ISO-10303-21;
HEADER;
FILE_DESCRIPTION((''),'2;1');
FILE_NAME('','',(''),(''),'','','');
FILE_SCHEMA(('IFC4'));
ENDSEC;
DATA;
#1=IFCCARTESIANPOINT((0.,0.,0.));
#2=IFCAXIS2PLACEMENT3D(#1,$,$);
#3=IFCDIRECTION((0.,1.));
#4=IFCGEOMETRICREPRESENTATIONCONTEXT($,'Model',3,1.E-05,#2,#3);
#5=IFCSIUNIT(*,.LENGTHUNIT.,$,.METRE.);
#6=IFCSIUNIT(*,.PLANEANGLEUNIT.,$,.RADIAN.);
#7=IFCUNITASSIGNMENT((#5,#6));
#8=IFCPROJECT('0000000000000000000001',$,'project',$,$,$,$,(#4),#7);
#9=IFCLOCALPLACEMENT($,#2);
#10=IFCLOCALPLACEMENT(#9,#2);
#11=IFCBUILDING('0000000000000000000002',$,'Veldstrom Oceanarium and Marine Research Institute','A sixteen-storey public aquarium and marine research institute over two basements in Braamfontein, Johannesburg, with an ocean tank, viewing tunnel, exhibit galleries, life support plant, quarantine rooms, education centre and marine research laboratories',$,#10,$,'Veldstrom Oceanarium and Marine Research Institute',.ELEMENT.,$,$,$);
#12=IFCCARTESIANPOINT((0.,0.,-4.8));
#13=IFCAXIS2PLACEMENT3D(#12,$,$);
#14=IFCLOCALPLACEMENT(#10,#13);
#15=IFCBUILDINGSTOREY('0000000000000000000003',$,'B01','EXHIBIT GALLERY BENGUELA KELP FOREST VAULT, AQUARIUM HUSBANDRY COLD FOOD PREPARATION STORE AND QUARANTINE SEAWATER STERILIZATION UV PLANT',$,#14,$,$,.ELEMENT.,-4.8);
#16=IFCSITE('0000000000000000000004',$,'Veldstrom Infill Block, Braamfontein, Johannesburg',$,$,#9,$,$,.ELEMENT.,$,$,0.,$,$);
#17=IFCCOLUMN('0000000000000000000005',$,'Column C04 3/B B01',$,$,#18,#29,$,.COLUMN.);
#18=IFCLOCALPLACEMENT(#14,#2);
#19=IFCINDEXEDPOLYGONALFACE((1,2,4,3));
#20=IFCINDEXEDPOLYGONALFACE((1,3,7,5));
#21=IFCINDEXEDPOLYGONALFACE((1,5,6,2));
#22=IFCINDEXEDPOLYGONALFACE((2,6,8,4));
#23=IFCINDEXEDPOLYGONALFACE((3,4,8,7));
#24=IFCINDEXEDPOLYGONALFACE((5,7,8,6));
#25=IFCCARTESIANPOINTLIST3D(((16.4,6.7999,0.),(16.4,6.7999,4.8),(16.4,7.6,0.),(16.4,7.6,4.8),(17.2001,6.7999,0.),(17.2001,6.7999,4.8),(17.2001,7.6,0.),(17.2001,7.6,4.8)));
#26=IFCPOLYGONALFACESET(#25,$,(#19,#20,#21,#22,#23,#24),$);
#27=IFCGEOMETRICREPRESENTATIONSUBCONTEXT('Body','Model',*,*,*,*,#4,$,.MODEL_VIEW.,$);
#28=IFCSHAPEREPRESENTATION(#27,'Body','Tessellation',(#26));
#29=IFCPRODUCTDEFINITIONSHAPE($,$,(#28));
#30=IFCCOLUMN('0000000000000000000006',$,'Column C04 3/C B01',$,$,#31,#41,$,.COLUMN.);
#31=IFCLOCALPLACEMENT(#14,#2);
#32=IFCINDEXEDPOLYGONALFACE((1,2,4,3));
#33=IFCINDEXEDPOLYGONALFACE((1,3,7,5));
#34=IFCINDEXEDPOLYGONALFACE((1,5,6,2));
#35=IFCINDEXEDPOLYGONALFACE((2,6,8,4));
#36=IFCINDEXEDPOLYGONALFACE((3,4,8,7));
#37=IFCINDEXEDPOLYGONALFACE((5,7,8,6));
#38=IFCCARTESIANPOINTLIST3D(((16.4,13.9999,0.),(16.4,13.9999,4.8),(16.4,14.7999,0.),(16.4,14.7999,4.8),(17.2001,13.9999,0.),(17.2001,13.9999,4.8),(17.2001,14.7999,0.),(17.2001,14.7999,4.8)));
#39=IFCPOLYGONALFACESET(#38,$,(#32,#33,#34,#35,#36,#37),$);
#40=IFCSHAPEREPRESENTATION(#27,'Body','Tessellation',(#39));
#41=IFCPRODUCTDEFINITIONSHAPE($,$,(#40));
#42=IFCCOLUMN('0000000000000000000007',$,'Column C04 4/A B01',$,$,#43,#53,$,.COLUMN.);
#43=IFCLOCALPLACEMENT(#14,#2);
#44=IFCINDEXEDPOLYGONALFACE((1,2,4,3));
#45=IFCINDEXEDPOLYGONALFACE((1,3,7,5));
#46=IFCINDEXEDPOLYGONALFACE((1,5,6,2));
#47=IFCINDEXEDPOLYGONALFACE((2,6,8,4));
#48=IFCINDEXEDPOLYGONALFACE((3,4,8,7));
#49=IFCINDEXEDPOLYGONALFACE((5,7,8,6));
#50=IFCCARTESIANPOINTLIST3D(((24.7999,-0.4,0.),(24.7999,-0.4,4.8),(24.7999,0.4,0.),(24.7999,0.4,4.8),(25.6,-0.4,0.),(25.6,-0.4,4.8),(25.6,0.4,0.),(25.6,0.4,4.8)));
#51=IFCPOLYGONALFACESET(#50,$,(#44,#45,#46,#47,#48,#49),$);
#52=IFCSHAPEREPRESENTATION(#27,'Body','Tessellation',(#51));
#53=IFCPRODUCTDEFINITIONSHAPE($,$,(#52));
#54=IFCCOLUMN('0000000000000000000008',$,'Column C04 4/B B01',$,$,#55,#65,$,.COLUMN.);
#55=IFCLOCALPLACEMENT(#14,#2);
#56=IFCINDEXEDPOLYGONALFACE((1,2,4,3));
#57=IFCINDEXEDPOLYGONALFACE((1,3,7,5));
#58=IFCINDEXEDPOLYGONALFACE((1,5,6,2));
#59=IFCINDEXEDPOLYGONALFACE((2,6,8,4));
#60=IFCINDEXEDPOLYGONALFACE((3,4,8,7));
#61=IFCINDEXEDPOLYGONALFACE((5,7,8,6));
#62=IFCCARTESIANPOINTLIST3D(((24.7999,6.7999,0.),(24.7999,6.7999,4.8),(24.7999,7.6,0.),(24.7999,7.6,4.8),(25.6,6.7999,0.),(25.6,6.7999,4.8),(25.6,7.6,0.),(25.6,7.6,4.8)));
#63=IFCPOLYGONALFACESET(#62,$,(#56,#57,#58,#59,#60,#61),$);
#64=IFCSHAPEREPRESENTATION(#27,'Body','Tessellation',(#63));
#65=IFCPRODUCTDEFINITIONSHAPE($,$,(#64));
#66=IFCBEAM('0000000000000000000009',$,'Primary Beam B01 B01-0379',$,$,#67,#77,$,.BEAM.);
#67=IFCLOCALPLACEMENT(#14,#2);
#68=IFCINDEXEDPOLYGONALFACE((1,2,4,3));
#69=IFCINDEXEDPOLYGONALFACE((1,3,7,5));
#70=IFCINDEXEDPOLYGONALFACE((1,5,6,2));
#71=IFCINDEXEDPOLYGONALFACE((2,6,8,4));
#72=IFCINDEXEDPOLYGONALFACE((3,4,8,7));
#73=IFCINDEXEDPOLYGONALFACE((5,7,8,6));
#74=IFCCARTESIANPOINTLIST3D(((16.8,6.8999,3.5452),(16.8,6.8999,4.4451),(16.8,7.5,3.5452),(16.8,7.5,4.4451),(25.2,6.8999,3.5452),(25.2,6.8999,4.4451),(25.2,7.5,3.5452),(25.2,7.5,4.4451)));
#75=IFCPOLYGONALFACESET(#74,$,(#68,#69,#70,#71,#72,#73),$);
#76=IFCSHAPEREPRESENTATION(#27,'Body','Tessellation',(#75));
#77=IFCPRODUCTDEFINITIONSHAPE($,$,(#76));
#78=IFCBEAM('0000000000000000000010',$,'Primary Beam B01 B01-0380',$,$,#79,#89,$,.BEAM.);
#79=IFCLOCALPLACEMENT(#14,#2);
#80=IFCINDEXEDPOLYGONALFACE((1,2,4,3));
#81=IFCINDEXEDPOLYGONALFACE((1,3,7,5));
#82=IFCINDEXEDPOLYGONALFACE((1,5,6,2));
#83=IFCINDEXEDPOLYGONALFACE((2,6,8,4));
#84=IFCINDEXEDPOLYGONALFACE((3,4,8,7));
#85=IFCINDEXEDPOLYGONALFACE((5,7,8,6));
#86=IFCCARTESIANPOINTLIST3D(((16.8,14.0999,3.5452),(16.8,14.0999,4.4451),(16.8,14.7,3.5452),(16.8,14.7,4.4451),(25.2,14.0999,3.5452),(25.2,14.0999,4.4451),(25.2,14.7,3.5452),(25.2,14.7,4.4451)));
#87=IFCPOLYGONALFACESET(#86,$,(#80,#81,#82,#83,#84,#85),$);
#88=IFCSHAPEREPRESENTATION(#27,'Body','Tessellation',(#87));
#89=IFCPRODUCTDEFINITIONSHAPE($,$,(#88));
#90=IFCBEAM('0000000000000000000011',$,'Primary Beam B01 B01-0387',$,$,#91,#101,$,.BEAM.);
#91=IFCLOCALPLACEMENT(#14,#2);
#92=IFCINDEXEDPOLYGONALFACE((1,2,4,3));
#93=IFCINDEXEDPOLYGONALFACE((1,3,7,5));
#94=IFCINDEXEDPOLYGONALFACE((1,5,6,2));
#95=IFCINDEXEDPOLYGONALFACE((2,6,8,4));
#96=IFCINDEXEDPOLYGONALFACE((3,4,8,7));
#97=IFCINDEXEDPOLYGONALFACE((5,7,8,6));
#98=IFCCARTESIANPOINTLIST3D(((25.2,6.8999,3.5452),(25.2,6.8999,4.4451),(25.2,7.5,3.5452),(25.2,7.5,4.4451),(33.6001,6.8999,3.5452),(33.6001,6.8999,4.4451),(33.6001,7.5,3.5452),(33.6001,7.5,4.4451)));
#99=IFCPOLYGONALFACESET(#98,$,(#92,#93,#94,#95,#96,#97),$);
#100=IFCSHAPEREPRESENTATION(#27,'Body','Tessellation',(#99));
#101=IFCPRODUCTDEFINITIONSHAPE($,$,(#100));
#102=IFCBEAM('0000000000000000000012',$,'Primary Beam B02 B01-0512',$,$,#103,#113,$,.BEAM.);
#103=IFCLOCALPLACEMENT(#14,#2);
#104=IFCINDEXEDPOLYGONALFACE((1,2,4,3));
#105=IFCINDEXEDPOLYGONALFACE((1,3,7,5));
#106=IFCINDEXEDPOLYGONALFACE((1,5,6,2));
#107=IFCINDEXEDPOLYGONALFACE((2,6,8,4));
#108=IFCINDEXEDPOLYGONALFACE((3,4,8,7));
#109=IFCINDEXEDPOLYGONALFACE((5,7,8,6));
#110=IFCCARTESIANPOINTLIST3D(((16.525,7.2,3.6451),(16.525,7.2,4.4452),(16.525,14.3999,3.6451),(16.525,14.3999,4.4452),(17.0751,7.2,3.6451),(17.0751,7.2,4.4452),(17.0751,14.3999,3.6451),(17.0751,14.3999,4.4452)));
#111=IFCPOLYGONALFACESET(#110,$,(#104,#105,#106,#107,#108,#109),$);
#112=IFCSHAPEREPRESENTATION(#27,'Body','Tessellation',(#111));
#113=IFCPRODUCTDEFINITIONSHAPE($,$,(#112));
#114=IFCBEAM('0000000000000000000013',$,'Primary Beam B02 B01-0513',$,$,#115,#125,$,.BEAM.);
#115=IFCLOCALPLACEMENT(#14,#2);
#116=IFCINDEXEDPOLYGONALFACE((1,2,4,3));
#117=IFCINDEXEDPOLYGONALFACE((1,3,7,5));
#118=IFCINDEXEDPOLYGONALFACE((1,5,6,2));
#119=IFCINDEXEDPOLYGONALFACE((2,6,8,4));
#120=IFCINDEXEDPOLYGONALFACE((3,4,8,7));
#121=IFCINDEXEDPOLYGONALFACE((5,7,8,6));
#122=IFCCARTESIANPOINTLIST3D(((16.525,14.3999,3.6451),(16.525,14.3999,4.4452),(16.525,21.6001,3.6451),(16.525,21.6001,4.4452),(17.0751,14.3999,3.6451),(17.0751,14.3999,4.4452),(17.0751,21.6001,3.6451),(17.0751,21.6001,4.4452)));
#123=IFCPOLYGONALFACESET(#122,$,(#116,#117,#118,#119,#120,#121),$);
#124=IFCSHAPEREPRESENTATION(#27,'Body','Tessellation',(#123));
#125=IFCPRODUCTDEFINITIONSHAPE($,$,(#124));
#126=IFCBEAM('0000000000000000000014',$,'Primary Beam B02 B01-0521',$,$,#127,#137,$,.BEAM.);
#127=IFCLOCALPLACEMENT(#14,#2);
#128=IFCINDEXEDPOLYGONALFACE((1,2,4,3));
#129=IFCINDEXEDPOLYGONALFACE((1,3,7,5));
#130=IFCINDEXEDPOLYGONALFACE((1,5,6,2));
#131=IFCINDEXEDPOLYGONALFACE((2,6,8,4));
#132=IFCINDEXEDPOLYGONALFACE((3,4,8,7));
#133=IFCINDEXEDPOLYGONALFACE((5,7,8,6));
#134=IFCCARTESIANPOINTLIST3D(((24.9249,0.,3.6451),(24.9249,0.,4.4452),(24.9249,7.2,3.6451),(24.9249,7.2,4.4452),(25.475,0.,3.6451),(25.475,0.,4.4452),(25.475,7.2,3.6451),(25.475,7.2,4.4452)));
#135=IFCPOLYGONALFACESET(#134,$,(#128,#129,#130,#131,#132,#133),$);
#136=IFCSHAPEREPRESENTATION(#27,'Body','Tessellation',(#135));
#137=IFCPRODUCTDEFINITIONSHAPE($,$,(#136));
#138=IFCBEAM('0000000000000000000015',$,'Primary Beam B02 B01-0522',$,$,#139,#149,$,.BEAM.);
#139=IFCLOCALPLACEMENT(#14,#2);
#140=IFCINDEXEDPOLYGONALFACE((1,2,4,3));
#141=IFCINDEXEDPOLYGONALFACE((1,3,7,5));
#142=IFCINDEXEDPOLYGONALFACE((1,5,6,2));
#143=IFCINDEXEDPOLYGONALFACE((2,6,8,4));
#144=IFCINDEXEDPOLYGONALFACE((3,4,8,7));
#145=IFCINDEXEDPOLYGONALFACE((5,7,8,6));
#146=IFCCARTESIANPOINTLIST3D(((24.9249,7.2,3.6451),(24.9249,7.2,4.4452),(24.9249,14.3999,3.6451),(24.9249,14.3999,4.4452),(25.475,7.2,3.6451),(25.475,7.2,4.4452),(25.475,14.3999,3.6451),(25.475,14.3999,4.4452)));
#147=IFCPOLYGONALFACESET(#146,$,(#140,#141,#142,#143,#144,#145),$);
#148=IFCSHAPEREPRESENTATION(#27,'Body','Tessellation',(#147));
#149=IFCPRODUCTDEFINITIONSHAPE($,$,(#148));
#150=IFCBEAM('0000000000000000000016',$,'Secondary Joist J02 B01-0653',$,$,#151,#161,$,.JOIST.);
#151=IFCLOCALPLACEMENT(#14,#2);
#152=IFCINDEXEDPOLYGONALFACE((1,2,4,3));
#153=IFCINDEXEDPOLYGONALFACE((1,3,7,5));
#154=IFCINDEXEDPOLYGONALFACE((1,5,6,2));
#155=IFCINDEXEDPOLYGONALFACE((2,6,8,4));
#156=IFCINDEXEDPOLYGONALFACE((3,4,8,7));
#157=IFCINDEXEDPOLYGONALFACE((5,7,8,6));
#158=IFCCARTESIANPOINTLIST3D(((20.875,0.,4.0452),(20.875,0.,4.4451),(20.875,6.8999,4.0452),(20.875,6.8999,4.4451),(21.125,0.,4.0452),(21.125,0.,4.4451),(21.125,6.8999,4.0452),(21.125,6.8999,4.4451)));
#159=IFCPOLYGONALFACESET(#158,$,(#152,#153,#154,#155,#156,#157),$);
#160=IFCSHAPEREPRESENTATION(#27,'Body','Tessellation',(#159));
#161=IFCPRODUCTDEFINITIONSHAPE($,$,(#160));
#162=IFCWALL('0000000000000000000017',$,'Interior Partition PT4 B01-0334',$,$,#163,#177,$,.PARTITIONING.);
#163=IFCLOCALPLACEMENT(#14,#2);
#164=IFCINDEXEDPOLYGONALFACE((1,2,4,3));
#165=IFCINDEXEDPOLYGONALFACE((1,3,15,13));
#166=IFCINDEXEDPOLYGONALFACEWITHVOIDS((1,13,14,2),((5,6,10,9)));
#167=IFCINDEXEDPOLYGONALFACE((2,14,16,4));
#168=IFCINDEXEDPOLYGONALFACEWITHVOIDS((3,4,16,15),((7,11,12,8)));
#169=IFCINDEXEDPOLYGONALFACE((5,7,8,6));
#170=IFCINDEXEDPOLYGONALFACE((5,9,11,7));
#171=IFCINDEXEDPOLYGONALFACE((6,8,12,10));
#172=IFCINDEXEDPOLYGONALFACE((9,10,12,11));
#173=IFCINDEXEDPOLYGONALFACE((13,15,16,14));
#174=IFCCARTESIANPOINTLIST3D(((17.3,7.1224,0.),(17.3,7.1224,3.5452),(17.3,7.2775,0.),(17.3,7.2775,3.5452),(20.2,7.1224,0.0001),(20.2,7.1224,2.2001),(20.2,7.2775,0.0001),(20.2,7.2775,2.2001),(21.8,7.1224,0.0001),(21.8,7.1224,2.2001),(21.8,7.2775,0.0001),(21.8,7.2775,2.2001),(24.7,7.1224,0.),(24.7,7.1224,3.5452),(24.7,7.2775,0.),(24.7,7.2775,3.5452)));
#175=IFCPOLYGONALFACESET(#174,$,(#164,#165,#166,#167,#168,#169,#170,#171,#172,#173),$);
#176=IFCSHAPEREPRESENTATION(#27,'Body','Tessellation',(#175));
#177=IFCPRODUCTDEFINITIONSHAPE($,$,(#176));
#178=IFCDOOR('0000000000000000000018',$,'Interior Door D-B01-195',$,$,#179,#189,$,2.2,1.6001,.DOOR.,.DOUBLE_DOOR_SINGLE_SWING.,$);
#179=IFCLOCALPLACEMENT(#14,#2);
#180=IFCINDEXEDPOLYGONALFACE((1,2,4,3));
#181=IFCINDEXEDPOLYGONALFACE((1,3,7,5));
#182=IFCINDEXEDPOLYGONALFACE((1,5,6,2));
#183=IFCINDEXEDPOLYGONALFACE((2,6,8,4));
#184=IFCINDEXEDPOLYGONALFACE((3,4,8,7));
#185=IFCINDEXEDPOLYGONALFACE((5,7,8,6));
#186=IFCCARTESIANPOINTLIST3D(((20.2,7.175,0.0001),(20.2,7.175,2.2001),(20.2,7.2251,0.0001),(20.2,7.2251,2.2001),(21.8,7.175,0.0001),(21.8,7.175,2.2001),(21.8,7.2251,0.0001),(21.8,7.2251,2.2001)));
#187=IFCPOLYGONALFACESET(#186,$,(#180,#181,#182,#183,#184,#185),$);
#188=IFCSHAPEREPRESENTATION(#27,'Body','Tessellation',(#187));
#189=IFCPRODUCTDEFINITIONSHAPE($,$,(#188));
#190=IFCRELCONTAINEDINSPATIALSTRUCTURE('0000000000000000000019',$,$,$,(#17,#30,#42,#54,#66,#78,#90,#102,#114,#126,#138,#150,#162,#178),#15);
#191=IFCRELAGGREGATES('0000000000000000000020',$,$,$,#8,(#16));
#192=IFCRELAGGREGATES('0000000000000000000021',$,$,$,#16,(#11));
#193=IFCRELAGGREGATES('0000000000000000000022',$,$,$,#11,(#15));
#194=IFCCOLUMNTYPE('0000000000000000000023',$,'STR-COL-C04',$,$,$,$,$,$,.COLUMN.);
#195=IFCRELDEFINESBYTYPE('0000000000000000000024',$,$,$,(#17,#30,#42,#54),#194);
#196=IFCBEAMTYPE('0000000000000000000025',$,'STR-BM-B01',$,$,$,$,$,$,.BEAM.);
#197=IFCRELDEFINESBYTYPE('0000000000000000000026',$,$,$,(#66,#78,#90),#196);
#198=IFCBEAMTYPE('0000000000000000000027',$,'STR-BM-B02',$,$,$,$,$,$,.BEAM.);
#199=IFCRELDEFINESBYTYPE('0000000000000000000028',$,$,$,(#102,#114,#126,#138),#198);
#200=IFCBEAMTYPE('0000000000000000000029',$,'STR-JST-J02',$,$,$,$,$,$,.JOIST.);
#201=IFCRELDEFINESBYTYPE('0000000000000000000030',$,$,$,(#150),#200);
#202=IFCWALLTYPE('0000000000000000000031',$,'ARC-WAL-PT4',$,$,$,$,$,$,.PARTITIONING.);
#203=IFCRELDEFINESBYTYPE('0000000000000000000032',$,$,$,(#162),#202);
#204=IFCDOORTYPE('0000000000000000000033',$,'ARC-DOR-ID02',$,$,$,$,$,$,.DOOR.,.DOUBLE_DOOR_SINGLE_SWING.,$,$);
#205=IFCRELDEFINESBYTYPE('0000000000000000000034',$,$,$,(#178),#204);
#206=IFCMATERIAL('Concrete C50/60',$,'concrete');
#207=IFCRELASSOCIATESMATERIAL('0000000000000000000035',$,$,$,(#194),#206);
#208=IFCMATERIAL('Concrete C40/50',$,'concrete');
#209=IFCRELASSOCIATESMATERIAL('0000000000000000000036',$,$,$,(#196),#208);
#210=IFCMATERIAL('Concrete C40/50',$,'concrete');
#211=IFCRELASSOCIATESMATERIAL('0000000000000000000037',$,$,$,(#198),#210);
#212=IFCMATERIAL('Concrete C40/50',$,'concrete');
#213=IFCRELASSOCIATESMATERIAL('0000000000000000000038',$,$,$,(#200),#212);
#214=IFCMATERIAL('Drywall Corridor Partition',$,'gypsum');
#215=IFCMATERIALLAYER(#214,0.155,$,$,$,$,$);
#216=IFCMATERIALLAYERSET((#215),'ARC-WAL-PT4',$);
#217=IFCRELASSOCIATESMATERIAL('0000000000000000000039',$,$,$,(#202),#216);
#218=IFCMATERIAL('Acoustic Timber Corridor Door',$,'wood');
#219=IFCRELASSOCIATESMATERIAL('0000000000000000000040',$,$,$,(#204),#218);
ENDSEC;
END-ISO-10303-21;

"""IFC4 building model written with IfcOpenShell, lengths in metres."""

from ifc_helpers import new_model, si_unit, direction, frame, frame_2d, origin, origin_2d, place, context, subcontext, project, spatial, rectangle, extrude, material, layer, layer_set, material_profile, profile_set, type_object, element, fill, save


model = new_model("IFC4")

# Units and contexts
model_context = context("Model", 3, precision=1e-05, world=origin(), true_north=direction((0.0, 1.0)))
body_context = subcontext(model_context, "Body", "Model", "MODEL_VIEW")
ifc_project = project(units=[si_unit("LENGTHUNIT", "METRE"), si_unit("PLANEANGLEUNIT", "RADIAN")], contexts=[model_context])

# Site, building, storey
site_placement = place(None, origin())
site = spatial("IfcSite", under=ifc_project, at=site_placement, Name="Veldstrom Infill Block, Braamfontein, Johannesburg", CompositionType="ELEMENT", RefElevation=0.0)
building_placement = place(site_placement, origin())
building = spatial("IfcBuilding", under=site, at=building_placement, Name="Veldstrom Oceanarium and Marine Research Institute", Description="A sixteen-storey public aquarium and marine research institute over two basements in Braamfontein, Johannesburg, with an ocean tank, viewing tunnel, exhibit galleries, life support plant, quarantine rooms, education centre and marine research laboratories", LongName="Veldstrom Oceanarium and Marine Research Institute", CompositionType="ELEMENT")
storey_placement = place(building_placement, frame((0.0, 0.0, -4.8)))
storey = spatial("IfcBuildingStorey", under=building, at=storey_placement, Name="B01", Description="EXHIBIT GALLERY BENGUELA KELP FOREST VAULT, AQUARIUM HUSBANDRY COLD FOOD PREPARATION STORE AND QUARANTINE SEAWATER STERILIZATION UV PLANT", CompositionType="ELEMENT", Elevation=-4.8)

# Columns
ifc_material_1 = material(Name="Concrete C50/60", Category="concrete")
ifc_material_profile_1 = material_profile(ifc_material_1, rectangle(XDim=0.8, YDim=0.8, at=origin_2d()), Name="RC-COL-800x800")
ifc_profile_set_1 = profile_set([ifc_material_profile_1], Name="Concrete C50/60")
column_type = type_object("IfcColumnType", Name="STR-COL-C04", PredefinedType="COLUMN", material=ifc_profile_set_1)
for number, where, z_axis, x_axis, name in (
    (1, (16.8, 7.2, 0.0), (0.0, 0.0, 1.0), (1.0, 0.0, 0.0), "Column C04 3/B B01"),
    (2, (16.8, 14.3999, 0.0), (0.0, 0.0, 1.0), (1.0, 0.0, 0.0), "Column C04 3/C B01"),
    (3, (25.2, 0.0, 0.0), (0.0, 0.0, 1.0), (1.0, 0.0, 0.0), "Column C04 4/A B01"),
    (4, (25.2, 7.2, 0.0), (0.0, 0.0, 1.0), (1.0, 0.0, 0.0), "Column C04 4/B B01"),
):
    element("IfcColumn", number, at=place(storey_placement, frame(where, z_axis=z_axis, x_axis=x_axis)), inside=storey, type_object=column_type, Name=name, PredefinedType="COLUMN", context=body_context, shape_type="SweptSolid", body=[
        extrude(rectangle(XDim=0.8, YDim=0.8, at=origin_2d()), origin(), (0.0, 0.0, 1.0), 4.8),
    ])

# Beams
ifc_material_2 = material(Name="Concrete C40/50", Category="concrete")
ifc_material_profile_2 = material_profile(ifc_material_2, rectangle(XDim=0.6001, YDim=0.8999, at=origin_2d()), Name="RC-BM-600x900")
ifc_profile_set_2 = profile_set([ifc_material_profile_2], Name="Concrete C40/50")
beam_type_1 = type_object("IfcBeamType", Name="STR-BM-B01", PredefinedType="BEAM", material=ifc_profile_set_2)
for number, where, z_axis, x_axis, name in (
    (5, (16.8, 7.2, 3.9951), (1.0, 0.0, 0.0), (0.0, 1.0, 0.0), "Primary Beam B01 B01-0379"),
    (6, (16.8, 14.3999, 3.9951), (1.0, 0.0, 0.0), (0.0, 1.0, 0.0), "Primary Beam B01 B01-0380"),
):
    element("IfcBeam", number, at=place(storey_placement, frame(where, z_axis=z_axis, x_axis=x_axis)), inside=storey, type_object=beam_type_1, Name=name, PredefinedType="BEAM", context=body_context, shape_type="SweptSolid", body=[
        extrude(rectangle(XDim=0.6001, YDim=0.8999, at=origin_2d()), origin(), (0.0, 0.0, 1.0), 8.3999),
    ])
beam_1_placement = place(storey_placement, frame((25.2, 7.2, 3.9951), z_axis=(1.0, 0.0, 0.0), x_axis=(0.0, 1.0, 0.0)))
element("IfcBeam", 7, at=beam_1_placement, inside=storey, type_object=beam_type_1, Name="Primary Beam B01 B01-0387", PredefinedType="BEAM", context=body_context, shape_type="SweptSolid", body=[
    extrude(rectangle(XDim=0.6001, YDim=0.8999, at=origin_2d()), origin(), (0.0, 0.0, 1.0), 8.4001),
])
ifc_material_3 = material(Name="Concrete C40/50", Category="concrete")
ifc_material_profile_3 = material_profile(ifc_material_3, rectangle(XDim=0.55, YDim=0.8, at=origin_2d()), Name="RC-BM-550x800")
ifc_profile_set_3 = profile_set([ifc_material_profile_3], Name="Concrete C40/50")
beam_type_2 = type_object("IfcBeamType", Name="STR-BM-B02", PredefinedType="BEAM", material=ifc_profile_set_3)
beam_2_placement = place(storey_placement, frame((16.8, 7.2, 4.0452), z_axis=(0.0, 1.0, 0.0), x_axis=(-1.0, 0.0, 0.0)))
element("IfcBeam", 8, at=beam_2_placement, inside=storey, type_object=beam_type_2, Name="Primary Beam B02 B01-0512", PredefinedType="BEAM", context=body_context, shape_type="SweptSolid", body=[
    extrude(rectangle(XDim=0.55, YDim=0.8, at=origin_2d()), origin(), (0.0, 0.0, 1.0), 7.2),
])
beam_3_placement = place(storey_placement, frame((16.8, 14.3999, 4.0452), z_axis=(0.0, 1.0, 0.0), x_axis=(-1.0, 0.0, 0.0)))
element("IfcBeam", 9, at=beam_3_placement, inside=storey, type_object=beam_type_2, Name="Primary Beam B02 B01-0513", PredefinedType="BEAM", context=body_context, shape_type="SweptSolid", body=[
    extrude(rectangle(XDim=0.55, YDim=0.8, at=origin_2d()), origin(), (0.0, 0.0, 1.0), 7.2002),
])
for number, where, z_axis, x_axis, name in (
    (10, (25.2, 0.0, 4.0452), (0.0, 1.0, 0.0), (-1.0, 0.0, 0.0), "Primary Beam B02 B01-0521"),
    (11, (25.2, 7.2, 4.0452), (0.0, 1.0, 0.0), (-1.0, 0.0, 0.0), "Primary Beam B02 B01-0522"),
):
    element("IfcBeam", number, at=place(storey_placement, frame(where, z_axis=z_axis, x_axis=x_axis)), inside=storey, type_object=beam_type_2, Name=name, PredefinedType="BEAM", context=body_context, shape_type="SweptSolid", body=[
        extrude(rectangle(XDim=0.55, YDim=0.8, at=origin_2d()), origin(), (0.0, 0.0, 1.0), 7.2),
    ])
ifc_material_4 = material(Name="Concrete C40/50", Category="concrete")
ifc_material_profile_4 = material_profile(ifc_material_4, rectangle(XDim=0.25, YDim=0.3999, at=origin_2d()), Name="RC-JST-250x400")
ifc_profile_set_4 = profile_set([ifc_material_profile_4], Name="Concrete C40/50")
beam_type_3 = type_object("IfcBeamType", Name="STR-JST-J02", PredefinedType="JOIST", material=ifc_profile_set_4)
beam_4_placement = place(storey_placement, frame((21.0, 0.0, 4.2451), z_axis=(0.0, 1.0, 0.0), x_axis=(-1.0, 0.0, 0.0)))
element("IfcBeam", 12, at=beam_4_placement, inside=storey, type_object=beam_type_3, Name="Secondary Joist J02 B01-0653", PredefinedType="JOIST", context=body_context, shape_type="SweptSolid", body=[
    extrude(rectangle(XDim=0.25, YDim=0.3999, at=origin_2d()), origin(), (0.0, 0.0, 1.0), 6.8999),
])

# Wall, opening, door
ifc_material_5 = material(Name="Drywall Corridor Partition", Category="gypsum")
ifc_layer_1 = layer(ifc_material_5, 0.155)
ifc_layer_set_1 = layer_set([ifc_layer_1], Name="ARC-WAL-PT4")
wall_type_1 = type_object("IfcWallType", Name="ARC-WAL-PT4", PredefinedType="PARTITIONING", material=ifc_layer_set_1)
wall_1_placement = place(storey_placement, frame((17.3, 7.2, 0.0), z_axis=(0.0, 0.0, 1.0), x_axis=(1.0, 0.0, 0.0)))
wall_1 = element("IfcWall", 13, at=wall_1_placement, inside=storey, type_object=wall_type_1, Name="Interior Partition PT4 B01-0334", PredefinedType="PARTITIONING", context=body_context, shape_type="SweptSolid", body=[
    extrude(rectangle(XDim=7.3999, YDim=0.155, at=frame_2d((3.7, 0.0))), origin(), (0.0, 0.0, 1.0), 3.5452),
])
opening_1_placement = place(wall_1_placement, frame((2.8999, 0.0, 0.0)))
opening_1 = element("IfcOpeningElement", 14, at=opening_1_placement, cuts=wall_1, PredefinedType="OPENING", context=body_context, shape_type="SweptSolid", body=[
    extrude(rectangle(XDim=1.6001, YDim=2.2, at=frame_2d((0.8, 1.1001))), frame((0.0, 0.0874, 0.0), z_axis=(0.0, -1.0, 0.0), x_axis=(1.0, 0.0, 0.0)), (0.0, 0.0, 1.0), 0.175),
])
ifc_material_6 = material(Name="Acoustic Timber Corridor Door", Category="wood")
door_type_1 = type_object("IfcDoorType", Name="ARC-DOR-ID02", OperationType="DOUBLE_DOOR_SINGLE_SWING", PredefinedType="DOOR", material=ifc_material_6)
door_1_placement = place(opening_1_placement, frame((1.6001, 0.0, 0.0), z_axis=(0.0, 0.0, 1.0), x_axis=(-1.0, 0.0, 0.0)))
door_1 = element("IfcDoor", 15, at=door_1_placement, inside=storey, type_object=door_type_1, Name="Interior Door D-B01-195", OperationType="DOUBLE_DOOR_SINGLE_SWING", OverallHeight=2.2, OverallWidth=1.6001, PredefinedType="DOOR", context=body_context, shape_type="SweptSolid", body=[
    extrude(rectangle(XDim=1.6001, YDim=2.2, at=frame_2d((0.8, 1.1001))), frame((0.0, 0.0249, 0.0), z_axis=(0.0, -1.0, 0.0), x_axis=(1.0, 0.0, 0.0)), (0.0, 0.0, 1.0), 0.05),
])
fill(opening_1, door_1)

save(model, "model.ifc")
